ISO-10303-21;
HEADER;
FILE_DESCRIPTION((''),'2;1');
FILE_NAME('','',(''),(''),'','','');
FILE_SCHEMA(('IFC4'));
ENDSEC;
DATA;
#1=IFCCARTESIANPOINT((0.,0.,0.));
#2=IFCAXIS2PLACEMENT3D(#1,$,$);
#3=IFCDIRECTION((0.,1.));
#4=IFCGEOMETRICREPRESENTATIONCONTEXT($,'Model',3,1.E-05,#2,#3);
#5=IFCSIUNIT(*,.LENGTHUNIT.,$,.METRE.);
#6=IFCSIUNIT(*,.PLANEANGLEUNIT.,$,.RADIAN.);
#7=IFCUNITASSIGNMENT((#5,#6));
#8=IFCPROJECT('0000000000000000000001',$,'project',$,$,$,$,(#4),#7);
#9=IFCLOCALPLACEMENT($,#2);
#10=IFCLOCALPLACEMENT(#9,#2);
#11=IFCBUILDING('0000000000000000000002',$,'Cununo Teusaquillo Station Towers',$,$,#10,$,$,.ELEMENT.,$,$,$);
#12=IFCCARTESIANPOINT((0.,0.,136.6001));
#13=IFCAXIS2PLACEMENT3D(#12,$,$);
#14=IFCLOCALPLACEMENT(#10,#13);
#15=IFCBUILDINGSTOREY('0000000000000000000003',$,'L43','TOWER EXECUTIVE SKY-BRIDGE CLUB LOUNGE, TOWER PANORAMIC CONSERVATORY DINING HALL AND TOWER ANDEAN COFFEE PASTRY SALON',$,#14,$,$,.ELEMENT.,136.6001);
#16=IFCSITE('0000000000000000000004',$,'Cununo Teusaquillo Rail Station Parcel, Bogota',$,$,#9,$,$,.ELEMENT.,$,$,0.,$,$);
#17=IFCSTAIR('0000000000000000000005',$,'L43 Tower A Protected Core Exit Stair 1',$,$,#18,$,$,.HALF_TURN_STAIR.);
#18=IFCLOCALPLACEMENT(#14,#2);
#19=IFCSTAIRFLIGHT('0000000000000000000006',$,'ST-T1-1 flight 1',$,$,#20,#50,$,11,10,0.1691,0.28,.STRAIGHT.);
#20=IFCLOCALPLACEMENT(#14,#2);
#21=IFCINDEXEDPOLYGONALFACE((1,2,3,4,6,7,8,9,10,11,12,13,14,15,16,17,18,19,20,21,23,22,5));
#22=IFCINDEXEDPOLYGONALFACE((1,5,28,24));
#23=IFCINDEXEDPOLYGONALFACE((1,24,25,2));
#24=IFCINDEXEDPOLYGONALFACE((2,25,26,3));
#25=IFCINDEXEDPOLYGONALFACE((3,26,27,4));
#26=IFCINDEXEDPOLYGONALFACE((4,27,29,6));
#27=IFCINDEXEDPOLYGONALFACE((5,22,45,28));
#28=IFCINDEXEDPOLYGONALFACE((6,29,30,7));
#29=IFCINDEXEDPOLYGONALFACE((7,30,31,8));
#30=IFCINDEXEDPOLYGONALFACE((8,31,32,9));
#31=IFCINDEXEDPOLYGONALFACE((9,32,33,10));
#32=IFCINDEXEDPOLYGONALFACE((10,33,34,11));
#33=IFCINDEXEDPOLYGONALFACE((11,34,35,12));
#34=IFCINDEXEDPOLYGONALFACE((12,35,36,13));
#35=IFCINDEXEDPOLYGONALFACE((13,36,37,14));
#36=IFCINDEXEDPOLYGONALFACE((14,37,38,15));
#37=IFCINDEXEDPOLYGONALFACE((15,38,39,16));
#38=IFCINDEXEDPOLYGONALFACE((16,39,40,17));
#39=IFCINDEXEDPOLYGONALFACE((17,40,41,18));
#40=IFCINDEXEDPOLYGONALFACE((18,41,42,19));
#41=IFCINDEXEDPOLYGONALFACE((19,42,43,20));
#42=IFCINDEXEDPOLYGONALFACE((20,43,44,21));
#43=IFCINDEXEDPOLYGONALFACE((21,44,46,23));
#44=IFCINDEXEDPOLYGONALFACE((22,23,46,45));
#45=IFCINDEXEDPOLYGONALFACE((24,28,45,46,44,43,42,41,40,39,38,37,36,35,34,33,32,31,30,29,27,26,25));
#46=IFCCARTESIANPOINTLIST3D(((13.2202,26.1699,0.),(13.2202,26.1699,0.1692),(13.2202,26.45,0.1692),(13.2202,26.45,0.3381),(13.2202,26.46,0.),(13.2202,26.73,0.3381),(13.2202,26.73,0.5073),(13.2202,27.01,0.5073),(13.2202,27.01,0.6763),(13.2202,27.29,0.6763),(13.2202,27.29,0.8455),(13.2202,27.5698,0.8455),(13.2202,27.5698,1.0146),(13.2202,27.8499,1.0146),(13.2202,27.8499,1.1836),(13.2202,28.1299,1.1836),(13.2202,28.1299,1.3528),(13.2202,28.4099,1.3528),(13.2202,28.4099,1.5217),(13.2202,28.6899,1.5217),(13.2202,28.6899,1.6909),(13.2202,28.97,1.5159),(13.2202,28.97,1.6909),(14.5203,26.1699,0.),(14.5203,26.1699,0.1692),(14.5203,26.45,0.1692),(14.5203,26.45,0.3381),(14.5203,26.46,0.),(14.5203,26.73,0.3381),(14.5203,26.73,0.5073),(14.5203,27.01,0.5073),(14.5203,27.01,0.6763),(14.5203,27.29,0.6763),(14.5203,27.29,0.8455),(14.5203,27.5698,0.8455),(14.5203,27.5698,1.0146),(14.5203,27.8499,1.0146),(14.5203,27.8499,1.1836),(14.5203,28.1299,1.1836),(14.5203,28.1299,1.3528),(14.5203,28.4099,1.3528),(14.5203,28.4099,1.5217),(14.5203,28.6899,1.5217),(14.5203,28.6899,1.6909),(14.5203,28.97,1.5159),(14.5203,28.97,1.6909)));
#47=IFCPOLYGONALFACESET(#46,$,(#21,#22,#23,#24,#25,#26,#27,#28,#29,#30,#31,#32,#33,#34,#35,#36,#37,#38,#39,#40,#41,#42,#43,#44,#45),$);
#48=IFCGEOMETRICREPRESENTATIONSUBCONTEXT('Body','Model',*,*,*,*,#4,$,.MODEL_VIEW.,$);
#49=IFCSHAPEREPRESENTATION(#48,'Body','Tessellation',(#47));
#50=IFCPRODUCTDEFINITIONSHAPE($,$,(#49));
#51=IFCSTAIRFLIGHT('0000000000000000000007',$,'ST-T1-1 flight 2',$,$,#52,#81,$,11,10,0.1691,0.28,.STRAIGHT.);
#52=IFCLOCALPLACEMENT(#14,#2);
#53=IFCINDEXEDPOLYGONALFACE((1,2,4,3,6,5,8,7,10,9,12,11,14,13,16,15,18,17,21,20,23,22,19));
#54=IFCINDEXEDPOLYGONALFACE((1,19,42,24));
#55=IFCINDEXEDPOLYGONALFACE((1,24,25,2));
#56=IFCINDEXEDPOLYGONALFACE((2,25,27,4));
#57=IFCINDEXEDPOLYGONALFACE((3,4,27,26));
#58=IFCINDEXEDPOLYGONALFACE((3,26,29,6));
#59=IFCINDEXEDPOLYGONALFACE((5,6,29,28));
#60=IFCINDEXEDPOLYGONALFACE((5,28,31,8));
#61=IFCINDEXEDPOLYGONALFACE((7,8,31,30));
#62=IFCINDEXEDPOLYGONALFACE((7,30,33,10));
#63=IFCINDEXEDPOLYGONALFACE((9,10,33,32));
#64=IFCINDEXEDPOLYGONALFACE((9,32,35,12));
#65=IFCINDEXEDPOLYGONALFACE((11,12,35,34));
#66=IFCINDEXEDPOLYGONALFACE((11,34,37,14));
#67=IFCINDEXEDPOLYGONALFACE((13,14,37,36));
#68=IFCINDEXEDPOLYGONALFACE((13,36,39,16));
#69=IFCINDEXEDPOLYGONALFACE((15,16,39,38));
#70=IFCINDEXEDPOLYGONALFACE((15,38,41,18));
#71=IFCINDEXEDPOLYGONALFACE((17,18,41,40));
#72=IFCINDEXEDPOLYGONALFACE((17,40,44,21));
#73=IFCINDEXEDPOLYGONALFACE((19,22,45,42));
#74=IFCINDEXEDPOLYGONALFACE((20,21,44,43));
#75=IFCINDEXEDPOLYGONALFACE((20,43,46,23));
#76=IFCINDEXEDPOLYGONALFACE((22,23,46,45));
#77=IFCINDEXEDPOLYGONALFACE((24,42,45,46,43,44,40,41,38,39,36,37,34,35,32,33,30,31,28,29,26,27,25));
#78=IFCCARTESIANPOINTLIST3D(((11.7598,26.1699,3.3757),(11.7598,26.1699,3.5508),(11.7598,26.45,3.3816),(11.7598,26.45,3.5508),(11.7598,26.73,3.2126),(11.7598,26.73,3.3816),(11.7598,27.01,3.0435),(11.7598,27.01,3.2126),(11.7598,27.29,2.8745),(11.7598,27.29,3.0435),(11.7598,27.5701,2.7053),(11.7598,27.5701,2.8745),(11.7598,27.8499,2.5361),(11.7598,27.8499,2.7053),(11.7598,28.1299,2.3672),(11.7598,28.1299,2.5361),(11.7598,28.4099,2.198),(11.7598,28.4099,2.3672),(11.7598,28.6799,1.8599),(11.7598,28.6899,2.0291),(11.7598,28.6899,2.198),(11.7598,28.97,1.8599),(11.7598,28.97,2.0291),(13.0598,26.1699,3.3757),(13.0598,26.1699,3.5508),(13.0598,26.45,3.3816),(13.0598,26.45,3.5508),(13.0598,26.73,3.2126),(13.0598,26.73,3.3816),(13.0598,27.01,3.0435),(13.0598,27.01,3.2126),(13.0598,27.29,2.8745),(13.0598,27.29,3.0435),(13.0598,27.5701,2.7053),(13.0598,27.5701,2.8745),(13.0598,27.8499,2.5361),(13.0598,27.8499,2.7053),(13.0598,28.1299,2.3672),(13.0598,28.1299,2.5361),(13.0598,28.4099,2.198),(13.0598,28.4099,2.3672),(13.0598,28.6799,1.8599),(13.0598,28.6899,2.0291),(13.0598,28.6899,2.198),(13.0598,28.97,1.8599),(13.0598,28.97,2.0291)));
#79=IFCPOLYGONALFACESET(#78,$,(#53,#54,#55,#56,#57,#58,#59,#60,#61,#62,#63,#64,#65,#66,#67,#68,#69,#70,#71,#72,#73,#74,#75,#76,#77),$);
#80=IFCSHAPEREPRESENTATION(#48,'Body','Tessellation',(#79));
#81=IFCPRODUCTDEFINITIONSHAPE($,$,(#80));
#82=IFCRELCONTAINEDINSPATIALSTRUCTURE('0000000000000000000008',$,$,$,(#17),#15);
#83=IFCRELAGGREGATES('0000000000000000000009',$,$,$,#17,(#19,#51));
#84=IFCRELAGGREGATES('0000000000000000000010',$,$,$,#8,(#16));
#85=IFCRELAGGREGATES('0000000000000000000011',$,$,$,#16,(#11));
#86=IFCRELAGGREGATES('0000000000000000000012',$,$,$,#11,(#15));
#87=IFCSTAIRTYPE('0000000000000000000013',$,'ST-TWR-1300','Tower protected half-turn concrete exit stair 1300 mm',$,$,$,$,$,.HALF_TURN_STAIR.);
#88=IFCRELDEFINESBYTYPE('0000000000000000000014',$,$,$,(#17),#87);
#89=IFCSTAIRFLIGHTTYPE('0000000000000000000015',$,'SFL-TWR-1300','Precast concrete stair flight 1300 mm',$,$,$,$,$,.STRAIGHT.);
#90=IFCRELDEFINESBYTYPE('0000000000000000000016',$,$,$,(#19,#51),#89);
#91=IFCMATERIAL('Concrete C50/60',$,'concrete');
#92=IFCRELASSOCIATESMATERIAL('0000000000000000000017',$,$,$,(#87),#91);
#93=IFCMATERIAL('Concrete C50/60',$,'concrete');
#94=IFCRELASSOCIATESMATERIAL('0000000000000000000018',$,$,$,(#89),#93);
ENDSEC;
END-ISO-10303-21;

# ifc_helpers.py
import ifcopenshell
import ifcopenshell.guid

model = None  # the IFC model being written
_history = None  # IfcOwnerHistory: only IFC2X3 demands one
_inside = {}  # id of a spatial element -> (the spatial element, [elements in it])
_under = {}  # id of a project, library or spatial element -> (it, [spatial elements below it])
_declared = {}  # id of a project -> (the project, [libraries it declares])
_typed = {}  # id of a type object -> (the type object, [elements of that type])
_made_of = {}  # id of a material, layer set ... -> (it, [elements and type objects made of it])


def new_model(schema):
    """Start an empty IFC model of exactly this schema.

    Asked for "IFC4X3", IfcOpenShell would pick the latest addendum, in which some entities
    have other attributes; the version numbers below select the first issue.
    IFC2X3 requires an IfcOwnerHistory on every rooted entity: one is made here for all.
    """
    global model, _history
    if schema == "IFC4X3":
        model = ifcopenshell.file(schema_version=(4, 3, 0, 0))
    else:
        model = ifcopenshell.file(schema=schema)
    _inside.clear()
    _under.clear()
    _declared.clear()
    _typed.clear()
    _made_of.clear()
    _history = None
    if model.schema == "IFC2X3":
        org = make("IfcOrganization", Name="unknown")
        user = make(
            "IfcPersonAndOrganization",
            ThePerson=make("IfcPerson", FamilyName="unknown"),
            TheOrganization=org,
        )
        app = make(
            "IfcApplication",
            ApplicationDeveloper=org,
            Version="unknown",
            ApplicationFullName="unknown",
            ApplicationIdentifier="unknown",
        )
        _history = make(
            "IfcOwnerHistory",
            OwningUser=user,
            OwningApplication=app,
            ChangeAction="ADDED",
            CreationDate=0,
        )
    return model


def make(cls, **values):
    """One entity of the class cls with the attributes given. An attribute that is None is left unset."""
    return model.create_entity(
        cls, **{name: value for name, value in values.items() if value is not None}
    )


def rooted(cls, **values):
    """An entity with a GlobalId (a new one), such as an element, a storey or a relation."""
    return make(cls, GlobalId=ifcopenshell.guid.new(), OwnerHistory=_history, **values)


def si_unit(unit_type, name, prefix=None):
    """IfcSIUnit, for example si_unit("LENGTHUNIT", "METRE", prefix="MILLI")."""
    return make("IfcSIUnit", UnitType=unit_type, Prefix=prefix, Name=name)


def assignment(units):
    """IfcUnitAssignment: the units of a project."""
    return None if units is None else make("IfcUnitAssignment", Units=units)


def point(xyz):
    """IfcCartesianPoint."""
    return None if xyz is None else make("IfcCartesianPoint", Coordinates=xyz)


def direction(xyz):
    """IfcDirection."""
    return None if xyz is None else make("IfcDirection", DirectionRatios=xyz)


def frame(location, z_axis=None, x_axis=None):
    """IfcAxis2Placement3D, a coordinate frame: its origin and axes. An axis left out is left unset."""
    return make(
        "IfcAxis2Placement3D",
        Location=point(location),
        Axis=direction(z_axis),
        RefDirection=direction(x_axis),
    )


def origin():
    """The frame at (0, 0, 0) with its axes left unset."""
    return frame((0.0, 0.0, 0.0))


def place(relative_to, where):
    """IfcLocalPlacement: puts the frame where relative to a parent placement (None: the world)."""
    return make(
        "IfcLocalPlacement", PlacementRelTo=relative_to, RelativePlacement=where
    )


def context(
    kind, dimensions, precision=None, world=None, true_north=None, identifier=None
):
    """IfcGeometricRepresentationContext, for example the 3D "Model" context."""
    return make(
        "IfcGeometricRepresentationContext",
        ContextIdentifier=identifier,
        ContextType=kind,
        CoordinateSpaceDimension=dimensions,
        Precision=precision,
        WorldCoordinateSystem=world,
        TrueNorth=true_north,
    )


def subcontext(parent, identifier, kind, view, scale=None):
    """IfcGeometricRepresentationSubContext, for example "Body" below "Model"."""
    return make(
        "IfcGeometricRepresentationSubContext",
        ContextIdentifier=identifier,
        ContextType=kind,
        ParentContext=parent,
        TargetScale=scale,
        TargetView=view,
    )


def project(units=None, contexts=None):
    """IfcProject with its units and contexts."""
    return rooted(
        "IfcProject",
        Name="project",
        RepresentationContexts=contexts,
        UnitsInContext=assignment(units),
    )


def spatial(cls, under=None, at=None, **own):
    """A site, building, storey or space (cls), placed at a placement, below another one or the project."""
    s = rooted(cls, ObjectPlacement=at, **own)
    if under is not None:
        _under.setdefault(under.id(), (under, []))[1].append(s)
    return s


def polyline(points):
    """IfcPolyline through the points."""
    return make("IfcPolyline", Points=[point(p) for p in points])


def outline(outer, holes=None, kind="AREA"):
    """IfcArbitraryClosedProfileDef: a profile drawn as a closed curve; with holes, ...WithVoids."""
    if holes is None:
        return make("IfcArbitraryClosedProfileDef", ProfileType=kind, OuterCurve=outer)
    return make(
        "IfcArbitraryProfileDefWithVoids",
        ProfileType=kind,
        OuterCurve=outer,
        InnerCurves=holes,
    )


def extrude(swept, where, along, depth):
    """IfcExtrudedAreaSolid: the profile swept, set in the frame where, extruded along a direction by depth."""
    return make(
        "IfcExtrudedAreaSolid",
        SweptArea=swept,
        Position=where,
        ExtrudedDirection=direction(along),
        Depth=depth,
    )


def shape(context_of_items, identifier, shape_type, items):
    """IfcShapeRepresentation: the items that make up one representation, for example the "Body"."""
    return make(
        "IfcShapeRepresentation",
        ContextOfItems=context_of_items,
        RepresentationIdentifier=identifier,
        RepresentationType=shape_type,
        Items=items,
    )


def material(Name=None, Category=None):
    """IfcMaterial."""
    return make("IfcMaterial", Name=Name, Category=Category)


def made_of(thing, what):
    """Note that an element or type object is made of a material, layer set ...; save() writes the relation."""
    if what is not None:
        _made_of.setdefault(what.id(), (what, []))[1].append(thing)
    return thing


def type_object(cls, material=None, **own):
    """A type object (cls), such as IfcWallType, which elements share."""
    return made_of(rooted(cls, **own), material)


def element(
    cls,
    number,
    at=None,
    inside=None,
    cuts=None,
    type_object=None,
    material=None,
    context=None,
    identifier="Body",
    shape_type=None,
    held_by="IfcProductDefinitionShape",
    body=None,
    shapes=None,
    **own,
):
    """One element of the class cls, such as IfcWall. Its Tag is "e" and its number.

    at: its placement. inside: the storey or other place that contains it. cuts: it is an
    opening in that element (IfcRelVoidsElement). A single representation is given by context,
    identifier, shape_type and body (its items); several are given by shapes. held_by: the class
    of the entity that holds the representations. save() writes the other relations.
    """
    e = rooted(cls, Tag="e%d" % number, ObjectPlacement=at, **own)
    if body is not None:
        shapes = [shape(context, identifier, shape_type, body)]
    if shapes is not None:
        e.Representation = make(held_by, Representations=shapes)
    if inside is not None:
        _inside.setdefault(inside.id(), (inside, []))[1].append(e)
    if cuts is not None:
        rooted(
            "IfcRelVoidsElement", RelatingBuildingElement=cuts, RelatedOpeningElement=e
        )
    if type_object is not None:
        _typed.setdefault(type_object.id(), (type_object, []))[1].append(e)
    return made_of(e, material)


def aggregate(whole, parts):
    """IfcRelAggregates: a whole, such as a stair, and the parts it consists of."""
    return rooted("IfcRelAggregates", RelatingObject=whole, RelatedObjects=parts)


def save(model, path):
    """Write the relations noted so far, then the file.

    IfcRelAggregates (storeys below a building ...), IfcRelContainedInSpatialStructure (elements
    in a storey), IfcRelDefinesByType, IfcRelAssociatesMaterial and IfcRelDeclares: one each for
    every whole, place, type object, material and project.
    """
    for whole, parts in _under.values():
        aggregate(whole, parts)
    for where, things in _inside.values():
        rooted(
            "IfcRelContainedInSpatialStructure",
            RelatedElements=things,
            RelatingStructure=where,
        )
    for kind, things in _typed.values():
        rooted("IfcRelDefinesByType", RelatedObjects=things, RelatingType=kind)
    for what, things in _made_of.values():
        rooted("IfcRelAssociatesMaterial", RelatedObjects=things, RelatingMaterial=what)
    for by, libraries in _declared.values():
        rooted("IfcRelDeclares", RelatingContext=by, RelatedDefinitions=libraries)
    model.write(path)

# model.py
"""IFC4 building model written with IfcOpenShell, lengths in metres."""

from ifc_helpers import new_model, si_unit, direction, frame, origin, place, context, subcontext, project, spatial, polyline, outline, extrude, material, type_object, element, aggregate, save


model = new_model("IFC4")

# Units and contexts
model_context = context("Model", 3, precision=1e-05, world=origin(), true_north=direction((0.0, 1.0)))
body_context = subcontext(model_context, "Body", "Model", "MODEL_VIEW")
ifc_project = project(units=[si_unit("LENGTHUNIT", "METRE"), si_unit("PLANEANGLEUNIT", "RADIAN")], contexts=[model_context])

# Site, building, storey
site_placement = place(None, origin())
site = spatial("IfcSite", under=ifc_project, at=site_placement, Name="Cununo Teusaquillo Rail Station Parcel, Bogota", CompositionType="ELEMENT", RefElevation=0.0)
building_placement = place(site_placement, origin())
building = spatial("IfcBuilding", under=site, at=building_placement, Name="Cununo Teusaquillo Station Towers", CompositionType="ELEMENT")
storey_placement = place(building_placement, frame((0.0, 0.0, 136.6001)))
storey = spatial("IfcBuildingStorey", under=building, at=storey_placement, Name="L43", Description="TOWER EXECUTIVE SKY-BRIDGE CLUB LOUNGE, TOWER PANORAMIC CONSERVATORY DINING HALL AND TOWER ANDEAN COFFEE PASTRY SALON", CompositionType="ELEMENT", Elevation=136.6001)

# Stair, stair flights
ifc_material_1 = material(Name="Concrete C50/60", Category="concrete")
stair_type = type_object("IfcStairType", Name="ST-TWR-1300", Description="Tower protected half-turn concrete exit stair 1300 mm", PredefinedType="HALF_TURN_STAIR", material=ifc_material_1)
stair_placement = place(storey_placement, origin())
stair = element("IfcStair", 1, at=stair_placement, inside=storey, type_object=stair_type, Name="L43 Tower A Protected Core Exit Stair 1", PredefinedType="HALF_TURN_STAIR")
ifc_material_2 = material(Name="Concrete C50/60", Category="concrete")
stair_flight_type = type_object("IfcStairFlightType", Name="SFL-TWR-1300", Description="Precast concrete stair flight 1300 mm", PredefinedType="STRAIGHT", material=ifc_material_2)
stair_flight_1_placement = place(storey_placement, frame((13.8701, 26.1699, 0.0), z_axis=(0.0, 0.0, 1.0), x_axis=(0.0, 1.0, 0.0)))
stair_flight_1 = element("IfcStairFlight", 2, at=stair_flight_1_placement, type_object=stair_flight_type, Name="ST-T1-1 flight 1", NumberOfRisers=11, NumberOfTreads=10, PredefinedType="STRAIGHT", RiserHeight=0.1691, TreadLength=0.28, context=body_context, shape_type="SweptSolid", body=[
    extrude(outline(polyline([(0.0, 0.0), (0.0, 0.1692), (0.28, 0.1692), (0.28, 0.3381), (0.5601, 0.3381), (0.5601, 0.5073), (0.8401, 0.5073), (0.8401, 0.6763), (1.1201, 0.6763), (1.1201, 0.8455), (1.3999, 0.8455), (1.3999, 1.0146), (1.6799, 1.0146), (1.6799, 1.1836), (1.96, 1.1836), (1.96, 1.3528), (2.24, 1.3528), (2.24, 1.5217), (2.52, 1.5217), (2.52, 1.6909), (2.8, 1.6909), (2.8, 1.8601), (2.8, 1.5159), (0.29, 0.0), (0.0, 0.0)])), frame((0.0, 0.6499, 0.0), z_axis=(0.0, -1.0, 0.0), x_axis=(1.0, 0.0, 0.0)), (0.0, 0.0, 1.0), 1.3),
])
stair_flight_2_placement = place(storey_placement, frame((12.4099, 28.97, 1.8599), z_axis=(0.0, 0.0, 1.0), x_axis=(0.0, -1.0, 0.0)))
stair_flight_2 = element("IfcStairFlight", 3, at=stair_flight_2_placement, type_object=stair_flight_type, Name="ST-T1-1 flight 2", NumberOfRisers=11, NumberOfTreads=10, PredefinedType="STRAIGHT", RiserHeight=0.1691, TreadLength=0.28, context=body_context, shape_type="SweptSolid", body=[
    extrude(outline(polyline([(0.0, 0.0), (0.0, 0.1692), (0.28, 0.1692), (0.28, 0.3381), (0.5601, 0.3381), (0.5601, 0.5073), (0.8401, 0.5073), (0.8401, 0.6763), (1.1201, 0.6763), (1.1201, 0.8455), (1.3999, 0.8455), (1.3999, 1.0146), (1.6799, 1.0146), (1.6799, 1.1836), (1.96, 1.1836), (1.96, 1.3528), (2.24, 1.3528), (2.24, 1.5217), (2.52, 1.5217), (2.52, 1.6909), (2.8, 1.6909), (2.8, 1.8601), (2.8, 1.5159), (0.29, 0.0), (0.0, 0.0)])), frame((0.0, 0.6499, 0.0), z_axis=(0.0, -1.0, 0.0), x_axis=(1.0, 0.0, 0.0)), (0.0, 0.0, 1.0), 1.3),
])
aggregate(stair, [stair_flight_1, stair_flight_2])

save(model, "model.ifc")
